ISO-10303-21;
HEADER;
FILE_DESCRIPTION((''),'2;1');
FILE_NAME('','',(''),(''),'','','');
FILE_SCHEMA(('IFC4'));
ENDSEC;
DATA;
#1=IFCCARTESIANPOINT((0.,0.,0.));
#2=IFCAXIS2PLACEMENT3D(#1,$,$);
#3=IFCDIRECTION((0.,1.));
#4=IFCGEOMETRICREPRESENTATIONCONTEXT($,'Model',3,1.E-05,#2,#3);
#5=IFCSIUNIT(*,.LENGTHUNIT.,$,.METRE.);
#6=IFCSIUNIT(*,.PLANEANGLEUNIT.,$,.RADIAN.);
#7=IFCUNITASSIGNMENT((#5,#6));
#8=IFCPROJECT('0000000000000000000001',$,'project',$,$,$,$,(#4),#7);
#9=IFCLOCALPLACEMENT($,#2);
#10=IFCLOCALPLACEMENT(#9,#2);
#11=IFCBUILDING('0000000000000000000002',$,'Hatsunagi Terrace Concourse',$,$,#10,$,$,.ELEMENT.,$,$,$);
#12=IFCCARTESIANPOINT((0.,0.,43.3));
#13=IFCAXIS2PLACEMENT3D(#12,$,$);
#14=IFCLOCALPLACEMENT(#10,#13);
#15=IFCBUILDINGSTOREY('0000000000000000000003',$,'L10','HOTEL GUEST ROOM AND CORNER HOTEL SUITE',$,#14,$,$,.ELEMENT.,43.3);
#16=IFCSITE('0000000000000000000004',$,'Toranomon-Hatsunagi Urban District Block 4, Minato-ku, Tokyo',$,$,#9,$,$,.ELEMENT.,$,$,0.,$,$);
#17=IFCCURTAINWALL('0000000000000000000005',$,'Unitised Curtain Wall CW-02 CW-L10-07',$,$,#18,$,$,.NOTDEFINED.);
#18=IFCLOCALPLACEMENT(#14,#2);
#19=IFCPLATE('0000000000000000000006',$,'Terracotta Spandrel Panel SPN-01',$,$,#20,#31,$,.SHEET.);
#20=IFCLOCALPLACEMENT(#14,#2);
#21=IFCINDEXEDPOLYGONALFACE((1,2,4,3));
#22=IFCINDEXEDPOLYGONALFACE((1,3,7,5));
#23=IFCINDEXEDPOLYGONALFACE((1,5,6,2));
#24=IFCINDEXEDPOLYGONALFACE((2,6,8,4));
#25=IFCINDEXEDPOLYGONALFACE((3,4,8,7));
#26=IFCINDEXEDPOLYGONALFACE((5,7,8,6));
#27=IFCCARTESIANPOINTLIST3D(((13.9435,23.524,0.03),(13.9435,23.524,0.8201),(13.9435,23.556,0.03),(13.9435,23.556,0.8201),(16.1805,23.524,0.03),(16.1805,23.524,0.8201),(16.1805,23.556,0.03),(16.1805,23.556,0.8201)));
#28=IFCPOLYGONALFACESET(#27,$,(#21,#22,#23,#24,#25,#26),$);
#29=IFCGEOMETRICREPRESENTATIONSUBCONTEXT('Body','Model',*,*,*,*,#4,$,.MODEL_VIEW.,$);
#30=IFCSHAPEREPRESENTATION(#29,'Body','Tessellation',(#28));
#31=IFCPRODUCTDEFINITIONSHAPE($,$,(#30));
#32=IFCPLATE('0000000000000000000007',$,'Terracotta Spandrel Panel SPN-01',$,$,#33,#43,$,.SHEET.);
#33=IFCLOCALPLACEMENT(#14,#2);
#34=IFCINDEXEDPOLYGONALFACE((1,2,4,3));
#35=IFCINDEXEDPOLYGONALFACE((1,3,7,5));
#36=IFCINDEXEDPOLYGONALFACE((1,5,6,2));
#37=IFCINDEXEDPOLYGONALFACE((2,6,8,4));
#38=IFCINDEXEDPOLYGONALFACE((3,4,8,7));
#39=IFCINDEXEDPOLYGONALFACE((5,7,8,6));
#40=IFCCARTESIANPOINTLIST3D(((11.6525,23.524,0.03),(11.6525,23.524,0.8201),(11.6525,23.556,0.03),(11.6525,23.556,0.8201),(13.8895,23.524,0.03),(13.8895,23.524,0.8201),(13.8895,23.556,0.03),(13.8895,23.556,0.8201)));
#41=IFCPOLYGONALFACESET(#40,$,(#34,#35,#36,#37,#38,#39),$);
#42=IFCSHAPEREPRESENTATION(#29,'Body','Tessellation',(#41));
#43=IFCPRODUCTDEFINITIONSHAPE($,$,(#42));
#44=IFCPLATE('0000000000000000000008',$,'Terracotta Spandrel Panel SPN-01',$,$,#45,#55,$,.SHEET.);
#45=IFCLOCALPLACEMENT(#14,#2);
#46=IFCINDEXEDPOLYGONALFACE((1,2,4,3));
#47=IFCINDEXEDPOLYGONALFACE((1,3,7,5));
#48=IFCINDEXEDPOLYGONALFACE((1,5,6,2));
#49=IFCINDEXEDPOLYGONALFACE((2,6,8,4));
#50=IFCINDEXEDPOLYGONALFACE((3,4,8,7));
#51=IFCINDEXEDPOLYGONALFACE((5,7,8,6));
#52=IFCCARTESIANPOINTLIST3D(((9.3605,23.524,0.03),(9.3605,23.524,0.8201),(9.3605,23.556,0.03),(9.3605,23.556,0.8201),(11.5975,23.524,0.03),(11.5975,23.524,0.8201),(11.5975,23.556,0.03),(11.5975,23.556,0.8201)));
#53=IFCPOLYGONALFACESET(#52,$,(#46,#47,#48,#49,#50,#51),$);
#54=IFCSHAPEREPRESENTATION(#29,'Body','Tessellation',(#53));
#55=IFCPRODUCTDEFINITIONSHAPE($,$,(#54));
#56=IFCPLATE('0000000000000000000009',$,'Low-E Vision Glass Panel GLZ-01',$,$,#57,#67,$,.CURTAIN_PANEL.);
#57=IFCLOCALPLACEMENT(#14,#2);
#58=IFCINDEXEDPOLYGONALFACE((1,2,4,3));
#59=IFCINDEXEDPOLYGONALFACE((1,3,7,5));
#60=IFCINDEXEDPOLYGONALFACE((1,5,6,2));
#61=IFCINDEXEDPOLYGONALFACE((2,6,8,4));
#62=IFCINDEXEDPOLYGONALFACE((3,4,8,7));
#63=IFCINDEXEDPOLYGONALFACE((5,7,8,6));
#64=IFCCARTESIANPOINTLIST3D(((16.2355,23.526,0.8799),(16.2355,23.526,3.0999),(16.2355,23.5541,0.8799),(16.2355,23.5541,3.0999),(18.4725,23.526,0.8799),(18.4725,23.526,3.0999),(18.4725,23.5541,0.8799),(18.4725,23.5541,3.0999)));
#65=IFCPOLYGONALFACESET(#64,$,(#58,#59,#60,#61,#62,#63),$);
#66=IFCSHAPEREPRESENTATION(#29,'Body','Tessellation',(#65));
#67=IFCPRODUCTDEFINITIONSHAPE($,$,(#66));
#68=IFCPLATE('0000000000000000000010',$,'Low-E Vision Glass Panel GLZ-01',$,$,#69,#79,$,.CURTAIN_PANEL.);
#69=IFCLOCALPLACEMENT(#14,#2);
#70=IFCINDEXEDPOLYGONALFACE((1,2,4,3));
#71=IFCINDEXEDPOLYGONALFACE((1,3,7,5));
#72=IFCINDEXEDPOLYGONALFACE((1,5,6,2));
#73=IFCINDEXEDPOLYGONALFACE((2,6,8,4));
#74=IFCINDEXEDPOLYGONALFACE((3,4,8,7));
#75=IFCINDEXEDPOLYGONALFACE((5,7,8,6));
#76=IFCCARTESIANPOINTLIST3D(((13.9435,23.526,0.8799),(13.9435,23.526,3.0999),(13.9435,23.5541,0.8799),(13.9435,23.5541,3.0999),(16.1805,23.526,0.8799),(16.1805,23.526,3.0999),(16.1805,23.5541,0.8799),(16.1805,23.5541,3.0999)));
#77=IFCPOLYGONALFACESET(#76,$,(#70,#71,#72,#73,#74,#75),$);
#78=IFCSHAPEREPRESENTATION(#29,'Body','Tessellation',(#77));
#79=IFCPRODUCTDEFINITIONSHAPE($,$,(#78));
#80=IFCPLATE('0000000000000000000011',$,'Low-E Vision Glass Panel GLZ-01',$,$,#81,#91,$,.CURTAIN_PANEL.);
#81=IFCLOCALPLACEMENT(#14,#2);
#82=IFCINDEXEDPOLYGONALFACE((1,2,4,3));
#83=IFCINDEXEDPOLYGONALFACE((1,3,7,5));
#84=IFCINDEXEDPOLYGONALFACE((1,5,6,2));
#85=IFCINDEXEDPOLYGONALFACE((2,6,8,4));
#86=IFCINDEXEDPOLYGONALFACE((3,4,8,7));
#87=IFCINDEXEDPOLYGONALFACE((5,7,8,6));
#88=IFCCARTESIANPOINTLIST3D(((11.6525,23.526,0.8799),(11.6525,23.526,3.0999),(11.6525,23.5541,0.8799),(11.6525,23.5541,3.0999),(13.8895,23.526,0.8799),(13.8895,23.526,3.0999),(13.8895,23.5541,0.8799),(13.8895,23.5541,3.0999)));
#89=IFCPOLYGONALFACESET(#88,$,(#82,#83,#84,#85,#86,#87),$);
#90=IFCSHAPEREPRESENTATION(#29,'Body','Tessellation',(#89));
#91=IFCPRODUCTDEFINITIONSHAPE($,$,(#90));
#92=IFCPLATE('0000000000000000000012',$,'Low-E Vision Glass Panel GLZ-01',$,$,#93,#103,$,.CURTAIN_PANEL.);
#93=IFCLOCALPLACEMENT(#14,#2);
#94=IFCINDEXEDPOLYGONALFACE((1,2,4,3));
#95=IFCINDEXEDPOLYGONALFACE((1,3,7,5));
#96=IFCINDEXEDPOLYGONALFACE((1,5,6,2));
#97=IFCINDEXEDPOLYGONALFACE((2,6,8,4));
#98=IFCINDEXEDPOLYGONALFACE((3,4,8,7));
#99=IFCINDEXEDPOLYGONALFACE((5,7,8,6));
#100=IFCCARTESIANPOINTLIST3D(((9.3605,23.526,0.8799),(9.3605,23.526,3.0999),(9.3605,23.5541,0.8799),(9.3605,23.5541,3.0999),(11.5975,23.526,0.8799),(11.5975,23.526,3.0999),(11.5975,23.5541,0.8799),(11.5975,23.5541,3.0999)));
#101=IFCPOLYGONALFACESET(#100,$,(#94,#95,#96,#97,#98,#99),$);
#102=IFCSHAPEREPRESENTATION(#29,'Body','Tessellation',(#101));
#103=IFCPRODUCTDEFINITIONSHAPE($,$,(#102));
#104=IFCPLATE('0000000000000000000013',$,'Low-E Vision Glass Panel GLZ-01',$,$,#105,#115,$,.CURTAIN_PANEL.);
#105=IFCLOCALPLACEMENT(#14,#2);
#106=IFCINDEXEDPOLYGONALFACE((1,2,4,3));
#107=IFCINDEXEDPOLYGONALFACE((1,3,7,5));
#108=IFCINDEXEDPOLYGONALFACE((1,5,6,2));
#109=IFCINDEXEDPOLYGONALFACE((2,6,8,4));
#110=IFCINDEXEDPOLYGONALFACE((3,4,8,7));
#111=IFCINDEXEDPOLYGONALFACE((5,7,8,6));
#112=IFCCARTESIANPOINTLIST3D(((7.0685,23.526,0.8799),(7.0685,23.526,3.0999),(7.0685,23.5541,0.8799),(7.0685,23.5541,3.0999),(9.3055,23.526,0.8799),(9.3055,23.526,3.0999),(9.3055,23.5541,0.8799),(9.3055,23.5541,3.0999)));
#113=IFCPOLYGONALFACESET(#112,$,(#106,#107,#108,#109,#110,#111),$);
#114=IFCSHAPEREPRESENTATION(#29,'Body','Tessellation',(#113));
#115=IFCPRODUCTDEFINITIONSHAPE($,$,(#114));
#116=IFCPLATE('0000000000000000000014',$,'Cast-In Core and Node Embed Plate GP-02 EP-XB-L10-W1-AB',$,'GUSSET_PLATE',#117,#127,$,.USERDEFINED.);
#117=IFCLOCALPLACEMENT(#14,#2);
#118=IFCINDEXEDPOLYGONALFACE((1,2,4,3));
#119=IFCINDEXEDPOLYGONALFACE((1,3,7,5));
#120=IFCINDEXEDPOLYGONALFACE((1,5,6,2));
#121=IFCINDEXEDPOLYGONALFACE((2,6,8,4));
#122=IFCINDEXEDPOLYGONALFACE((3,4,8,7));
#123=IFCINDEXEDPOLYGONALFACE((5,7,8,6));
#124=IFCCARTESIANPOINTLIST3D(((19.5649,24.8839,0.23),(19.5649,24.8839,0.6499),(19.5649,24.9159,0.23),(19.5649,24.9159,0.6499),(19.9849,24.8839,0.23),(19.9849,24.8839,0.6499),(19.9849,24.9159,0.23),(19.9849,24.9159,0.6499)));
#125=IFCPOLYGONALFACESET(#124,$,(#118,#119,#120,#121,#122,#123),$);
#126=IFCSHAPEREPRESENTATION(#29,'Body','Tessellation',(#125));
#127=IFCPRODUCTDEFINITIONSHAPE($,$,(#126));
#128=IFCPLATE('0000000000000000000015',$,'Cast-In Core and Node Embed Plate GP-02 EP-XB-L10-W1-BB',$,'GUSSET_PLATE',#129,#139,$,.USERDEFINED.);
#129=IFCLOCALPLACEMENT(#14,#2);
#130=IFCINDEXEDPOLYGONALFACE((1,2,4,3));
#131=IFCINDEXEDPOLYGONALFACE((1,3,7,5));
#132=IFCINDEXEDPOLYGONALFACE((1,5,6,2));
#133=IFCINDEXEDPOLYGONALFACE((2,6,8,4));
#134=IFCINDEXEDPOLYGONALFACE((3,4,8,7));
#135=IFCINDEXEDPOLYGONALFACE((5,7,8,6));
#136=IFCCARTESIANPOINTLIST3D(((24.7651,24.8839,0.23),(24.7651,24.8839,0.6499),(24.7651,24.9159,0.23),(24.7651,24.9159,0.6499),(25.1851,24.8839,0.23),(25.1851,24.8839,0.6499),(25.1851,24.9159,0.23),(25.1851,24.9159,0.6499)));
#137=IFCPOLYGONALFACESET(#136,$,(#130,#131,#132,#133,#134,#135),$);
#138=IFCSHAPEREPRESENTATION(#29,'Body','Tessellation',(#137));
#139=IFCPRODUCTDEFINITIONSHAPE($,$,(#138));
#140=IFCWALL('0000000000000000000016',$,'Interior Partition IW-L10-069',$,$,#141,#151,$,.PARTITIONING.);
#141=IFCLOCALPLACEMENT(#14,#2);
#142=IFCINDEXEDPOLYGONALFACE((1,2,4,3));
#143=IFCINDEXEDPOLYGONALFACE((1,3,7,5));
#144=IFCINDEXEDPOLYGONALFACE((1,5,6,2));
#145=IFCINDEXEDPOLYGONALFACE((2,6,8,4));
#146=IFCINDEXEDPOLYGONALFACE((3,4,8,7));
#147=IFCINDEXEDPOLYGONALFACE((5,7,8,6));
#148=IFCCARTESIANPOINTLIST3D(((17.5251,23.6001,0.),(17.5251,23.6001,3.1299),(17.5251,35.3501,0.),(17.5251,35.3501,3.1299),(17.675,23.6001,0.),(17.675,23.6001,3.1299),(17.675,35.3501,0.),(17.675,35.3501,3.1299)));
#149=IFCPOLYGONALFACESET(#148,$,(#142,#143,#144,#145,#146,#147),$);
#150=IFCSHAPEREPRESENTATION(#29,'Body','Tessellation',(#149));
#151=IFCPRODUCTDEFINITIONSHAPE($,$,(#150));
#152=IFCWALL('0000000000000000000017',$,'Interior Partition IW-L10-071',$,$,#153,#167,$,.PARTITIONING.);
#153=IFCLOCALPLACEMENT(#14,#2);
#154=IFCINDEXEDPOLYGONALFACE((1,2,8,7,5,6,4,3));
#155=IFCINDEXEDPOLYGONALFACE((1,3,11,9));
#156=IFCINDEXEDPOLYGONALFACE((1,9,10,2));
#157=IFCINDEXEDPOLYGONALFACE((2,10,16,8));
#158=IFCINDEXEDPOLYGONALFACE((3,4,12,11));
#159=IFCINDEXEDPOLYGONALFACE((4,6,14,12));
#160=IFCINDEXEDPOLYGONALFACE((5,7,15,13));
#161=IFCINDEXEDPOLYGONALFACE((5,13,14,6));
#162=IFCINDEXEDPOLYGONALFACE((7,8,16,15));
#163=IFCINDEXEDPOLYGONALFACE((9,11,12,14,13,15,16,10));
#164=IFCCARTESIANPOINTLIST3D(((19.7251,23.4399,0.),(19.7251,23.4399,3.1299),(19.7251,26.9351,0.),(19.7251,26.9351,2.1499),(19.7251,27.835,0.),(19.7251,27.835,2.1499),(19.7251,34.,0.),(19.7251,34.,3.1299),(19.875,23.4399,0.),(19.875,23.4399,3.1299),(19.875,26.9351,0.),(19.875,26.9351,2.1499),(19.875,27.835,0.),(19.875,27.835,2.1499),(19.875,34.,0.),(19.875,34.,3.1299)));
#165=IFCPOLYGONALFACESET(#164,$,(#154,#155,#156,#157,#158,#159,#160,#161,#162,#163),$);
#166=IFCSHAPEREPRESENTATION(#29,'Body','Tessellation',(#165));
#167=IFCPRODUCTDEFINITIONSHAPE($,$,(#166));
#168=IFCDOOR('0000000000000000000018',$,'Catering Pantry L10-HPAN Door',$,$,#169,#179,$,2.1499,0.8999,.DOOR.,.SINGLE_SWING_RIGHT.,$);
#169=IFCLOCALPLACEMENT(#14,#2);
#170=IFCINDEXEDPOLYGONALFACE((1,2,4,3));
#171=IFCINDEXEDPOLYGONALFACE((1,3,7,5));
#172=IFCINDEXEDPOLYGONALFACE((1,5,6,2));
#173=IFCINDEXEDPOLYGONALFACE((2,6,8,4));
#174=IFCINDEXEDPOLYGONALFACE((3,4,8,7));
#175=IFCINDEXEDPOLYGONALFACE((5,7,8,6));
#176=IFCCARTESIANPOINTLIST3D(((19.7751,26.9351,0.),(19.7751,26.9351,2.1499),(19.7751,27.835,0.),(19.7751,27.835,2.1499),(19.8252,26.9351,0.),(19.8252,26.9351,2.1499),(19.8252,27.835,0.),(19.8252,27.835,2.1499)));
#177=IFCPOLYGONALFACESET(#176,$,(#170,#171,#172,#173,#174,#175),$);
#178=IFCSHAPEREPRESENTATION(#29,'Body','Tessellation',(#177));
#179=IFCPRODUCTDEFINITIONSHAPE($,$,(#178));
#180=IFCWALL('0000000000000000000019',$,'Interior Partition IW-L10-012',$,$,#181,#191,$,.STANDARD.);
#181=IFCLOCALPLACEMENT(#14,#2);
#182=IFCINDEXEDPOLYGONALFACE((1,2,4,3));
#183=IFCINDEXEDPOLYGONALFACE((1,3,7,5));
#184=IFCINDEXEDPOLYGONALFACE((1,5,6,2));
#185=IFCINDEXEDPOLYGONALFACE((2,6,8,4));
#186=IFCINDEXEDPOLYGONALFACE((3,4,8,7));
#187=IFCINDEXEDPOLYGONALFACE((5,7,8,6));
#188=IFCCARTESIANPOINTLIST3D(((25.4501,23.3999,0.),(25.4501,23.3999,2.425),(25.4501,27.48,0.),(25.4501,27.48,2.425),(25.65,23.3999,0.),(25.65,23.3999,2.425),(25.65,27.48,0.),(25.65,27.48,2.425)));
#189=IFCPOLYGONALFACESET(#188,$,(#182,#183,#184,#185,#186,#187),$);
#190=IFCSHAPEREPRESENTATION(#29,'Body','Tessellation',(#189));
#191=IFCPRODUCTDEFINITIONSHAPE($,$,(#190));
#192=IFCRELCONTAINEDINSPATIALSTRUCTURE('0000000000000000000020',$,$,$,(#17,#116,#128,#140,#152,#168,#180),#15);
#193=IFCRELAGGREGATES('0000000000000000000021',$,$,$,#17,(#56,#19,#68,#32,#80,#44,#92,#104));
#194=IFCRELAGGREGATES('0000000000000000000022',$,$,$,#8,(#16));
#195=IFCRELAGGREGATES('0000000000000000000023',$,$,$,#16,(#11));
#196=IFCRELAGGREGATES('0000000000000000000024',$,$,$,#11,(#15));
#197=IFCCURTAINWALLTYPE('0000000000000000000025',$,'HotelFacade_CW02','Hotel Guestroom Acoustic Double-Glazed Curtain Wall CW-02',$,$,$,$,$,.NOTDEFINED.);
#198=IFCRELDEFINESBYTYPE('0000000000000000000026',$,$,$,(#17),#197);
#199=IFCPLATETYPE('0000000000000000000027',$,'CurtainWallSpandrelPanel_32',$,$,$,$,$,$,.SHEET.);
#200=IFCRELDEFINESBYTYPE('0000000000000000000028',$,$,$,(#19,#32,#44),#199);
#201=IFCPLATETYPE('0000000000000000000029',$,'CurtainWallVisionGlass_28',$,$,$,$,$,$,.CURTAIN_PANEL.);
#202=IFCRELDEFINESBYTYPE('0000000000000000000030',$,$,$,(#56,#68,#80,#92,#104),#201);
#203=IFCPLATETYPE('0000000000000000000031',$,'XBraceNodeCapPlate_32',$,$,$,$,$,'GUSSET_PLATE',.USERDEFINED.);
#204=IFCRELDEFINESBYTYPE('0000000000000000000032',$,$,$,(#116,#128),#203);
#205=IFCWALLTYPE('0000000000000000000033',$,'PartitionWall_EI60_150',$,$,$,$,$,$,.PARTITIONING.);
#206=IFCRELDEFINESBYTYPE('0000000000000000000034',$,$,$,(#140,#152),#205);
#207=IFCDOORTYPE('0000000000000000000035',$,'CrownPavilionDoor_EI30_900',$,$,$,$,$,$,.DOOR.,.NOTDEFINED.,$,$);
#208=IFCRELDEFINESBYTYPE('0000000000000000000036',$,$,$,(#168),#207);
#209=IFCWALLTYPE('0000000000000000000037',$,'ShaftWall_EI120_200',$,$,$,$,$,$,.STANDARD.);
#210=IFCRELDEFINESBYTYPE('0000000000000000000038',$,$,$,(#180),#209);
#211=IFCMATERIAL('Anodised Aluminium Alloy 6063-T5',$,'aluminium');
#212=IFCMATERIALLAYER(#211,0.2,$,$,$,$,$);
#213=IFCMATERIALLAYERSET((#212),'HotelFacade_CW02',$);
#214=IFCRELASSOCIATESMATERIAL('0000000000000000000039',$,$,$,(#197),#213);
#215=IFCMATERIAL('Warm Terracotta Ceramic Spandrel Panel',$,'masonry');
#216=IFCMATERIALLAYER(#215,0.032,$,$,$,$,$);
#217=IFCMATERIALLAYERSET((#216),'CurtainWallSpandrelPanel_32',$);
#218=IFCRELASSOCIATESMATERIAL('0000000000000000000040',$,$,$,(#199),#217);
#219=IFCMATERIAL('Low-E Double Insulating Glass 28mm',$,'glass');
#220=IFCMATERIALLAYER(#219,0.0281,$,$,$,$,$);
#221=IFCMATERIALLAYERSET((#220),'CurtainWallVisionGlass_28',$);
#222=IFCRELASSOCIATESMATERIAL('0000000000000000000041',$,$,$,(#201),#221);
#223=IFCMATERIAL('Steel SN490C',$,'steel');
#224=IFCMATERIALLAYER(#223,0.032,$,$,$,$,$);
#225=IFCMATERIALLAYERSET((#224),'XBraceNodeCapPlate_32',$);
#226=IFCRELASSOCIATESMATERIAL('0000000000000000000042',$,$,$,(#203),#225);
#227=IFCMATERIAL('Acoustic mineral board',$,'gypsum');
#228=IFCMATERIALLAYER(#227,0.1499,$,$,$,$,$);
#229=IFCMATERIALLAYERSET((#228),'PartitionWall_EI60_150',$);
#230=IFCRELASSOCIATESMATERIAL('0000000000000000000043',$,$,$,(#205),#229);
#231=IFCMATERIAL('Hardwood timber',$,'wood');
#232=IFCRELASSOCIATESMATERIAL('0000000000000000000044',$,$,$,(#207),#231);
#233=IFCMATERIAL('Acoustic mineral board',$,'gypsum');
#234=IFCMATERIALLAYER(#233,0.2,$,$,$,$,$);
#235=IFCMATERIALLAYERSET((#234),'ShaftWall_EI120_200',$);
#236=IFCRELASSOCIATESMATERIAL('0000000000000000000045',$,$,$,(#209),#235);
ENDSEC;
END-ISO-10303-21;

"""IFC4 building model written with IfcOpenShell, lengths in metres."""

from ifc_helpers import new_model, si_unit, direction, frame, frame_2d, origin, origin_2d, place, context, subcontext, project, spatial, rectangle, extrude, material, layer, layer_set, type_object, element, fill, aggregate, save


model = new_model("IFC4")

# Units and contexts
model_context = context("Model", 3, precision=1e-05, world=origin(), true_north=direction((0.0, 1.0)))
body_context = subcontext(model_context, "Body", "Model", "MODEL_VIEW")
ifc_project = project(units=[si_unit("LENGTHUNIT", "METRE"), si_unit("PLANEANGLEUNIT", "RADIAN")], contexts=[model_context])

# Site, building, storey
site_placement = place(None, origin())
site = spatial("IfcSite", under=ifc_project, at=site_placement, Name="Toranomon-Hatsunagi Urban District Block 4, Minato-ku, Tokyo", CompositionType="ELEMENT", RefElevation=0.0)
building_placement = place(site_placement, origin())
building = spatial("IfcBuilding", under=site, at=building_placement, Name="Hatsunagi Terrace Concourse", CompositionType="ELEMENT")
storey_placement = place(building_placement, frame((0.0, 0.0, 43.3)))
storey = spatial("IfcBuildingStorey", under=building, at=storey_placement, Name="L10", Description="HOTEL GUEST ROOM AND CORNER HOTEL SUITE", CompositionType="ELEMENT", Elevation=43.3)

# Curtain wall
ifc_material_1 = material(Name="Anodised Aluminium Alloy 6063-T5", Category="aluminium")
ifc_layer_1 = layer(ifc_material_1, 0.2)
ifc_layer_set_1 = layer_set([ifc_layer_1], Name="HotelFacade_CW02")
curtain_wall_type = type_object("IfcCurtainWallType", Name="HotelFacade_CW02", Description="Hotel Guestroom Acoustic Double-Glazed Curtain Wall CW-02", PredefinedType="NOTDEFINED", material=ifc_layer_set_1)
curtain_wall_placement = place(storey_placement, origin())
curtain_wall = element("IfcCurtainWall", 1, at=curtain_wall_placement, inside=storey, type_object=curtain_wall_type, Name="Unitised Curtain Wall CW-02 CW-L10-07", PredefinedType="NOTDEFINED")

# Plates
ifc_material_2 = material(Name="Warm Terracotta Ceramic Spandrel Panel", Category="masonry")
ifc_layer_2 = layer(ifc_material_2, 0.032)
ifc_layer_set_2 = layer_set([ifc_layer_2], Name="CurtainWallSpandrelPanel_32")
plate_type_1 = type_object("IfcPlateType", Name="CurtainWallSpandrelPanel_32", PredefinedType="SHEET", material=ifc_layer_set_2)
plate_1_placement = place(storey_placement, frame((15.062, 23.54, 0.03), z_axis=(0.0, 0.0, 1.0), x_axis=(-1.0, 0.0, 0.0)))
plate_1 = element("IfcPlate", 2, at=plate_1_placement, type_object=plate_type_1, Name="Terracotta Spandrel Panel SPN-01", PredefinedType="SHEET", context=body_context, shape_type="SweptSolid", body=[
    extrude(rectangle(XDim=2.2371, YDim=0.032, at=origin_2d()), origin(), (0.0, 0.0, 1.0), 0.79),
])
plate_2_placement = place(storey_placement, frame((12.771, 23.54, 0.03), z_axis=(0.0, 0.0, 1.0), x_axis=(-1.0, 0.0, 0.0)))
plate_2 = element("IfcPlate", 3, at=plate_2_placement, type_object=plate_type_1, Name="Terracotta Spandrel Panel SPN-01", PredefinedType="SHEET", context=body_context, shape_type="SweptSolid", body=[
    extrude(rectangle(XDim=2.2371, YDim=0.032, at=origin_2d()), origin(), (0.0, 0.0, 1.0), 0.79),
])
plate_3_placement = place(storey_placement, frame((10.479, 23.54, 0.03), z_axis=(0.0, 0.0, 1.0), x_axis=(-1.0, 0.0, 0.0)))
plate_3 = element("IfcPlate", 4, at=plate_3_placement, type_object=plate_type_1, Name="Terracotta Spandrel Panel SPN-01", PredefinedType="SHEET", context=body_context, shape_type="SweptSolid", body=[
    extrude(rectangle(XDim=2.2371, YDim=0.032, at=origin_2d()), origin(), (0.0, 0.0, 1.0), 0.79),
])
ifc_material_3 = material(Name="Low-E Double Insulating Glass 28mm", Category="glass")
ifc_layer_3 = layer(ifc_material_3, 0.0281)
ifc_layer_set_3 = layer_set([ifc_layer_3], Name="CurtainWallVisionGlass_28")
plate_type_2 = type_object("IfcPlateType", Name="CurtainWallVisionGlass_28", PredefinedType="CURTAIN_PANEL", material=ifc_layer_set_3)
plate_4_placement = place(storey_placement, frame((17.354, 23.54, 0.8799), z_axis=(0.0, 0.0, 1.0), x_axis=(-1.0, 0.0, 0.0)))
plate_4 = element("IfcPlate", 5, at=plate_4_placement, type_object=plate_type_2, Name="Low-E Vision Glass Panel GLZ-01", PredefinedType="CURTAIN_PANEL", context=body_context, shape_type="SweptSolid", body=[
    extrude(rectangle(XDim=2.2371, YDim=0.0281, at=origin_2d()), origin(), (0.0, 0.0, 1.0), 2.22),
])
plate_5_placement = place(storey_placement, frame((15.062, 23.54, 0.8799), z_axis=(0.0, 0.0, 1.0), x_axis=(-1.0, 0.0, 0.0)))
plate_5 = element("IfcPlate", 6, at=plate_5_placement, type_object=plate_type_2, Name="Low-E Vision Glass Panel GLZ-01", PredefinedType="CURTAIN_PANEL", context=body_context, shape_type="SweptSolid", body=[
    extrude(rectangle(XDim=2.2371, YDim=0.0281, at=origin_2d()), origin(), (0.0, 0.0, 1.0), 2.22),
])
plate_6_placement = place(storey_placement, frame((12.771, 23.54, 0.8799), z_axis=(0.0, 0.0, 1.0), x_axis=(-1.0, 0.0, 0.0)))
plate_6 = element("IfcPlate", 7, at=plate_6_placement, type_object=plate_type_2, Name="Low-E Vision Glass Panel GLZ-01", PredefinedType="CURTAIN_PANEL", context=body_context, shape_type="SweptSolid", body=[
    extrude(rectangle(XDim=2.2371, YDim=0.0281, at=origin_2d()), origin(), (0.0, 0.0, 1.0), 2.22),
])
plate_7_placement = place(storey_placement, frame((10.479, 23.54, 0.8799), z_axis=(0.0, 0.0, 1.0), x_axis=(-1.0, 0.0, 0.0)))
plate_7 = element("IfcPlate", 8, at=plate_7_placement, type_object=plate_type_2, Name="Low-E Vision Glass Panel GLZ-01", PredefinedType="CURTAIN_PANEL", context=body_context, shape_type="SweptSolid", body=[
    extrude(rectangle(XDim=2.2371, YDim=0.0281, at=origin_2d()), origin(), (0.0, 0.0, 1.0), 2.22),
])
plate_8_placement = place(storey_placement, frame((8.187, 23.54, 0.8799), z_axis=(0.0, 0.0, 1.0), x_axis=(-1.0, 0.0, 0.0)))
plate_8 = element("IfcPlate", 9, at=plate_8_placement, type_object=plate_type_2, Name="Low-E Vision Glass Panel GLZ-01", PredefinedType="CURTAIN_PANEL", context=body_context, shape_type="SweptSolid", body=[
    extrude(rectangle(XDim=2.2371, YDim=0.0281, at=origin_2d()), origin(), (0.0, 0.0, 1.0), 2.22),
])
aggregate(curtain_wall, [plate_4, plate_1, plate_5, plate_2, plate_6, plate_3, plate_7, plate_8])

# Plates
ifc_material_4 = material(Name="Steel SN490C", Category="steel")
ifc_layer_4 = layer(ifc_material_4, 0.032)
ifc_layer_set_4 = layer_set([ifc_layer_4], Name="XBraceNodeCapPlate_32")
plate_type_3 = type_object("IfcPlateType", Name="XBraceNodeCapPlate_32", ElementType="GUSSET_PLATE", PredefinedType="USERDEFINED", material=ifc_layer_set_4)
for number, where, z_axis, x_axis, name in (
    (10, (19.7749, 24.8999, 0.23), (0.0, 0.0, 1.0), (1.0, 0.0, 0.0), "Cast-In Core and Node Embed Plate GP-02 EP-XB-L10-W1-AB"),
    (11, (24.9751, 24.8999, 0.23), (0.0, 0.0, 1.0), (1.0, 0.0, 0.0), "Cast-In Core and Node Embed Plate GP-02 EP-XB-L10-W1-BB"),
):
    element("IfcPlate", number, at=place(storey_placement, frame(where, z_axis=z_axis, x_axis=x_axis)), inside=storey, type_object=plate_type_3, Name=name, ObjectType="GUSSET_PLATE", PredefinedType="USERDEFINED", context=body_context, shape_type="SweptSolid", body=[
        extrude(rectangle(XDim=0.4199, YDim=0.032, at=origin_2d()), origin(), (0.0, 0.0, 1.0), 0.4199),
    ])

# Wall
ifc_material_5 = material(Name="Acoustic mineral board", Category="gypsum")
ifc_layer_5 = layer(ifc_material_5, 0.1499)
ifc_layer_set_5 = layer_set([ifc_layer_5], Name="PartitionWall_EI60_150")
wall_type_1 = type_object("IfcWallType", Name="PartitionWall_EI60_150", PredefinedType="PARTITIONING", material=ifc_layer_set_5)
wall_1_placement = place(storey_placement, frame((17.6001, 23.6001, 0.0), z_axis=(0.0, 0.0, 1.0), x_axis=(0.0, 1.0, 0.0)))
element("IfcWall", 12, at=wall_1_placement, inside=storey, type_object=wall_type_1, Name="Interior Partition IW-L10-069", PredefinedType="PARTITIONING", context=body_context, shape_type="SweptSolid", body=[
    extrude(rectangle(XDim=11.75, YDim=0.1499, at=frame_2d((5.875, 0.0))), origin(), (0.0, 0.0, 1.0), 3.1299),
])

# Wall, opening, door
wall_2_placement = place(storey_placement, frame((19.8, 23.4399, 0.0), z_axis=(0.0, 0.0, 1.0), x_axis=(0.0, 1.0, 0.0)))
wall_2 = element("IfcWall", 13, at=wall_2_placement, inside=storey, type_object=wall_type_1, Name="Interior Partition IW-L10-071", PredefinedType="PARTITIONING", context=body_context, shape_type="SweptSolid", body=[
    extrude(rectangle(XDim=10.5601, YDim=0.1499, at=frame_2d((5.28, 0.0))), origin(), (0.0, 0.0, 1.0), 3.1299),
])
opening_placement = place(wall_2_placement, frame((3.4951, 0.0, 0.0)))
opening = element("IfcOpeningElement", 14, at=opening_placement, cuts=wall_2, PredefinedType="OPENING", context=body_context, shape_type="SweptSolid", body=[
    extrude(rectangle(XDim=0.8999, YDim=2.1499, at=frame_2d((0.45, 1.075))), frame((0.0, 0.085, 0.0), z_axis=(0.0, -1.0, 0.0), x_axis=(1.0, 0.0, 0.0)), (0.0, 0.0, 1.0), 0.1699),
])
ifc_material_6 = material(Name="Hardwood timber", Category="wood")
door_type = type_object("IfcDoorType", Name="CrownPavilionDoor_EI30_900", OperationType="NOTDEFINED", PredefinedType="DOOR", material=ifc_material_6)
door_placement = place(opening_placement, origin())
door = element("IfcDoor", 15, at=door_placement, inside=storey, type_object=door_type, Name="Catering Pantry L10-HPAN Door", OperationType="SINGLE_SWING_RIGHT", OverallHeight=2.1499, OverallWidth=0.8999, PredefinedType="DOOR", context=body_context, shape_type="SweptSolid", body=[
    extrude(rectangle(XDim=0.8999, YDim=2.1499, at=frame_2d((0.45, 1.075))), frame((0.0, 0.0249, 0.0), z_axis=(0.0, -1.0, 0.0), x_axis=(1.0, 0.0, 0.0)), (0.0, 0.0, 1.0), 0.05),
])
fill(opening, door)

# Wall
ifc_material_7 = material(Name="Acoustic mineral board", Category="gypsum")
ifc_layer_6 = layer(ifc_material_7, 0.2)
ifc_layer_set_6 = layer_set([ifc_layer_6], Name="ShaftWall_EI120_200")
wall_type_2 = type_object("IfcWallType", Name="ShaftWall_EI120_200", PredefinedType="STANDARD", material=ifc_layer_set_6)
wall_3_placement = place(storey_placement, frame((25.55, 23.3999, 0.0), z_axis=(0.0, 0.0, 1.0), x_axis=(0.0, 1.0, 0.0)))
element("IfcWall", 16, at=wall_3_placement, inside=storey, type_object=wall_type_2, Name="Interior Partition IW-L10-012", PredefinedType="STANDARD", context=body_context, shape_type="SweptSolid", body=[
    extrude(rectangle(XDim=4.0801, YDim=0.2, at=frame_2d((2.04, 0.0))), origin(), (0.0, 0.0, 1.0), 2.425),
])

save(model, "model.ifc")
